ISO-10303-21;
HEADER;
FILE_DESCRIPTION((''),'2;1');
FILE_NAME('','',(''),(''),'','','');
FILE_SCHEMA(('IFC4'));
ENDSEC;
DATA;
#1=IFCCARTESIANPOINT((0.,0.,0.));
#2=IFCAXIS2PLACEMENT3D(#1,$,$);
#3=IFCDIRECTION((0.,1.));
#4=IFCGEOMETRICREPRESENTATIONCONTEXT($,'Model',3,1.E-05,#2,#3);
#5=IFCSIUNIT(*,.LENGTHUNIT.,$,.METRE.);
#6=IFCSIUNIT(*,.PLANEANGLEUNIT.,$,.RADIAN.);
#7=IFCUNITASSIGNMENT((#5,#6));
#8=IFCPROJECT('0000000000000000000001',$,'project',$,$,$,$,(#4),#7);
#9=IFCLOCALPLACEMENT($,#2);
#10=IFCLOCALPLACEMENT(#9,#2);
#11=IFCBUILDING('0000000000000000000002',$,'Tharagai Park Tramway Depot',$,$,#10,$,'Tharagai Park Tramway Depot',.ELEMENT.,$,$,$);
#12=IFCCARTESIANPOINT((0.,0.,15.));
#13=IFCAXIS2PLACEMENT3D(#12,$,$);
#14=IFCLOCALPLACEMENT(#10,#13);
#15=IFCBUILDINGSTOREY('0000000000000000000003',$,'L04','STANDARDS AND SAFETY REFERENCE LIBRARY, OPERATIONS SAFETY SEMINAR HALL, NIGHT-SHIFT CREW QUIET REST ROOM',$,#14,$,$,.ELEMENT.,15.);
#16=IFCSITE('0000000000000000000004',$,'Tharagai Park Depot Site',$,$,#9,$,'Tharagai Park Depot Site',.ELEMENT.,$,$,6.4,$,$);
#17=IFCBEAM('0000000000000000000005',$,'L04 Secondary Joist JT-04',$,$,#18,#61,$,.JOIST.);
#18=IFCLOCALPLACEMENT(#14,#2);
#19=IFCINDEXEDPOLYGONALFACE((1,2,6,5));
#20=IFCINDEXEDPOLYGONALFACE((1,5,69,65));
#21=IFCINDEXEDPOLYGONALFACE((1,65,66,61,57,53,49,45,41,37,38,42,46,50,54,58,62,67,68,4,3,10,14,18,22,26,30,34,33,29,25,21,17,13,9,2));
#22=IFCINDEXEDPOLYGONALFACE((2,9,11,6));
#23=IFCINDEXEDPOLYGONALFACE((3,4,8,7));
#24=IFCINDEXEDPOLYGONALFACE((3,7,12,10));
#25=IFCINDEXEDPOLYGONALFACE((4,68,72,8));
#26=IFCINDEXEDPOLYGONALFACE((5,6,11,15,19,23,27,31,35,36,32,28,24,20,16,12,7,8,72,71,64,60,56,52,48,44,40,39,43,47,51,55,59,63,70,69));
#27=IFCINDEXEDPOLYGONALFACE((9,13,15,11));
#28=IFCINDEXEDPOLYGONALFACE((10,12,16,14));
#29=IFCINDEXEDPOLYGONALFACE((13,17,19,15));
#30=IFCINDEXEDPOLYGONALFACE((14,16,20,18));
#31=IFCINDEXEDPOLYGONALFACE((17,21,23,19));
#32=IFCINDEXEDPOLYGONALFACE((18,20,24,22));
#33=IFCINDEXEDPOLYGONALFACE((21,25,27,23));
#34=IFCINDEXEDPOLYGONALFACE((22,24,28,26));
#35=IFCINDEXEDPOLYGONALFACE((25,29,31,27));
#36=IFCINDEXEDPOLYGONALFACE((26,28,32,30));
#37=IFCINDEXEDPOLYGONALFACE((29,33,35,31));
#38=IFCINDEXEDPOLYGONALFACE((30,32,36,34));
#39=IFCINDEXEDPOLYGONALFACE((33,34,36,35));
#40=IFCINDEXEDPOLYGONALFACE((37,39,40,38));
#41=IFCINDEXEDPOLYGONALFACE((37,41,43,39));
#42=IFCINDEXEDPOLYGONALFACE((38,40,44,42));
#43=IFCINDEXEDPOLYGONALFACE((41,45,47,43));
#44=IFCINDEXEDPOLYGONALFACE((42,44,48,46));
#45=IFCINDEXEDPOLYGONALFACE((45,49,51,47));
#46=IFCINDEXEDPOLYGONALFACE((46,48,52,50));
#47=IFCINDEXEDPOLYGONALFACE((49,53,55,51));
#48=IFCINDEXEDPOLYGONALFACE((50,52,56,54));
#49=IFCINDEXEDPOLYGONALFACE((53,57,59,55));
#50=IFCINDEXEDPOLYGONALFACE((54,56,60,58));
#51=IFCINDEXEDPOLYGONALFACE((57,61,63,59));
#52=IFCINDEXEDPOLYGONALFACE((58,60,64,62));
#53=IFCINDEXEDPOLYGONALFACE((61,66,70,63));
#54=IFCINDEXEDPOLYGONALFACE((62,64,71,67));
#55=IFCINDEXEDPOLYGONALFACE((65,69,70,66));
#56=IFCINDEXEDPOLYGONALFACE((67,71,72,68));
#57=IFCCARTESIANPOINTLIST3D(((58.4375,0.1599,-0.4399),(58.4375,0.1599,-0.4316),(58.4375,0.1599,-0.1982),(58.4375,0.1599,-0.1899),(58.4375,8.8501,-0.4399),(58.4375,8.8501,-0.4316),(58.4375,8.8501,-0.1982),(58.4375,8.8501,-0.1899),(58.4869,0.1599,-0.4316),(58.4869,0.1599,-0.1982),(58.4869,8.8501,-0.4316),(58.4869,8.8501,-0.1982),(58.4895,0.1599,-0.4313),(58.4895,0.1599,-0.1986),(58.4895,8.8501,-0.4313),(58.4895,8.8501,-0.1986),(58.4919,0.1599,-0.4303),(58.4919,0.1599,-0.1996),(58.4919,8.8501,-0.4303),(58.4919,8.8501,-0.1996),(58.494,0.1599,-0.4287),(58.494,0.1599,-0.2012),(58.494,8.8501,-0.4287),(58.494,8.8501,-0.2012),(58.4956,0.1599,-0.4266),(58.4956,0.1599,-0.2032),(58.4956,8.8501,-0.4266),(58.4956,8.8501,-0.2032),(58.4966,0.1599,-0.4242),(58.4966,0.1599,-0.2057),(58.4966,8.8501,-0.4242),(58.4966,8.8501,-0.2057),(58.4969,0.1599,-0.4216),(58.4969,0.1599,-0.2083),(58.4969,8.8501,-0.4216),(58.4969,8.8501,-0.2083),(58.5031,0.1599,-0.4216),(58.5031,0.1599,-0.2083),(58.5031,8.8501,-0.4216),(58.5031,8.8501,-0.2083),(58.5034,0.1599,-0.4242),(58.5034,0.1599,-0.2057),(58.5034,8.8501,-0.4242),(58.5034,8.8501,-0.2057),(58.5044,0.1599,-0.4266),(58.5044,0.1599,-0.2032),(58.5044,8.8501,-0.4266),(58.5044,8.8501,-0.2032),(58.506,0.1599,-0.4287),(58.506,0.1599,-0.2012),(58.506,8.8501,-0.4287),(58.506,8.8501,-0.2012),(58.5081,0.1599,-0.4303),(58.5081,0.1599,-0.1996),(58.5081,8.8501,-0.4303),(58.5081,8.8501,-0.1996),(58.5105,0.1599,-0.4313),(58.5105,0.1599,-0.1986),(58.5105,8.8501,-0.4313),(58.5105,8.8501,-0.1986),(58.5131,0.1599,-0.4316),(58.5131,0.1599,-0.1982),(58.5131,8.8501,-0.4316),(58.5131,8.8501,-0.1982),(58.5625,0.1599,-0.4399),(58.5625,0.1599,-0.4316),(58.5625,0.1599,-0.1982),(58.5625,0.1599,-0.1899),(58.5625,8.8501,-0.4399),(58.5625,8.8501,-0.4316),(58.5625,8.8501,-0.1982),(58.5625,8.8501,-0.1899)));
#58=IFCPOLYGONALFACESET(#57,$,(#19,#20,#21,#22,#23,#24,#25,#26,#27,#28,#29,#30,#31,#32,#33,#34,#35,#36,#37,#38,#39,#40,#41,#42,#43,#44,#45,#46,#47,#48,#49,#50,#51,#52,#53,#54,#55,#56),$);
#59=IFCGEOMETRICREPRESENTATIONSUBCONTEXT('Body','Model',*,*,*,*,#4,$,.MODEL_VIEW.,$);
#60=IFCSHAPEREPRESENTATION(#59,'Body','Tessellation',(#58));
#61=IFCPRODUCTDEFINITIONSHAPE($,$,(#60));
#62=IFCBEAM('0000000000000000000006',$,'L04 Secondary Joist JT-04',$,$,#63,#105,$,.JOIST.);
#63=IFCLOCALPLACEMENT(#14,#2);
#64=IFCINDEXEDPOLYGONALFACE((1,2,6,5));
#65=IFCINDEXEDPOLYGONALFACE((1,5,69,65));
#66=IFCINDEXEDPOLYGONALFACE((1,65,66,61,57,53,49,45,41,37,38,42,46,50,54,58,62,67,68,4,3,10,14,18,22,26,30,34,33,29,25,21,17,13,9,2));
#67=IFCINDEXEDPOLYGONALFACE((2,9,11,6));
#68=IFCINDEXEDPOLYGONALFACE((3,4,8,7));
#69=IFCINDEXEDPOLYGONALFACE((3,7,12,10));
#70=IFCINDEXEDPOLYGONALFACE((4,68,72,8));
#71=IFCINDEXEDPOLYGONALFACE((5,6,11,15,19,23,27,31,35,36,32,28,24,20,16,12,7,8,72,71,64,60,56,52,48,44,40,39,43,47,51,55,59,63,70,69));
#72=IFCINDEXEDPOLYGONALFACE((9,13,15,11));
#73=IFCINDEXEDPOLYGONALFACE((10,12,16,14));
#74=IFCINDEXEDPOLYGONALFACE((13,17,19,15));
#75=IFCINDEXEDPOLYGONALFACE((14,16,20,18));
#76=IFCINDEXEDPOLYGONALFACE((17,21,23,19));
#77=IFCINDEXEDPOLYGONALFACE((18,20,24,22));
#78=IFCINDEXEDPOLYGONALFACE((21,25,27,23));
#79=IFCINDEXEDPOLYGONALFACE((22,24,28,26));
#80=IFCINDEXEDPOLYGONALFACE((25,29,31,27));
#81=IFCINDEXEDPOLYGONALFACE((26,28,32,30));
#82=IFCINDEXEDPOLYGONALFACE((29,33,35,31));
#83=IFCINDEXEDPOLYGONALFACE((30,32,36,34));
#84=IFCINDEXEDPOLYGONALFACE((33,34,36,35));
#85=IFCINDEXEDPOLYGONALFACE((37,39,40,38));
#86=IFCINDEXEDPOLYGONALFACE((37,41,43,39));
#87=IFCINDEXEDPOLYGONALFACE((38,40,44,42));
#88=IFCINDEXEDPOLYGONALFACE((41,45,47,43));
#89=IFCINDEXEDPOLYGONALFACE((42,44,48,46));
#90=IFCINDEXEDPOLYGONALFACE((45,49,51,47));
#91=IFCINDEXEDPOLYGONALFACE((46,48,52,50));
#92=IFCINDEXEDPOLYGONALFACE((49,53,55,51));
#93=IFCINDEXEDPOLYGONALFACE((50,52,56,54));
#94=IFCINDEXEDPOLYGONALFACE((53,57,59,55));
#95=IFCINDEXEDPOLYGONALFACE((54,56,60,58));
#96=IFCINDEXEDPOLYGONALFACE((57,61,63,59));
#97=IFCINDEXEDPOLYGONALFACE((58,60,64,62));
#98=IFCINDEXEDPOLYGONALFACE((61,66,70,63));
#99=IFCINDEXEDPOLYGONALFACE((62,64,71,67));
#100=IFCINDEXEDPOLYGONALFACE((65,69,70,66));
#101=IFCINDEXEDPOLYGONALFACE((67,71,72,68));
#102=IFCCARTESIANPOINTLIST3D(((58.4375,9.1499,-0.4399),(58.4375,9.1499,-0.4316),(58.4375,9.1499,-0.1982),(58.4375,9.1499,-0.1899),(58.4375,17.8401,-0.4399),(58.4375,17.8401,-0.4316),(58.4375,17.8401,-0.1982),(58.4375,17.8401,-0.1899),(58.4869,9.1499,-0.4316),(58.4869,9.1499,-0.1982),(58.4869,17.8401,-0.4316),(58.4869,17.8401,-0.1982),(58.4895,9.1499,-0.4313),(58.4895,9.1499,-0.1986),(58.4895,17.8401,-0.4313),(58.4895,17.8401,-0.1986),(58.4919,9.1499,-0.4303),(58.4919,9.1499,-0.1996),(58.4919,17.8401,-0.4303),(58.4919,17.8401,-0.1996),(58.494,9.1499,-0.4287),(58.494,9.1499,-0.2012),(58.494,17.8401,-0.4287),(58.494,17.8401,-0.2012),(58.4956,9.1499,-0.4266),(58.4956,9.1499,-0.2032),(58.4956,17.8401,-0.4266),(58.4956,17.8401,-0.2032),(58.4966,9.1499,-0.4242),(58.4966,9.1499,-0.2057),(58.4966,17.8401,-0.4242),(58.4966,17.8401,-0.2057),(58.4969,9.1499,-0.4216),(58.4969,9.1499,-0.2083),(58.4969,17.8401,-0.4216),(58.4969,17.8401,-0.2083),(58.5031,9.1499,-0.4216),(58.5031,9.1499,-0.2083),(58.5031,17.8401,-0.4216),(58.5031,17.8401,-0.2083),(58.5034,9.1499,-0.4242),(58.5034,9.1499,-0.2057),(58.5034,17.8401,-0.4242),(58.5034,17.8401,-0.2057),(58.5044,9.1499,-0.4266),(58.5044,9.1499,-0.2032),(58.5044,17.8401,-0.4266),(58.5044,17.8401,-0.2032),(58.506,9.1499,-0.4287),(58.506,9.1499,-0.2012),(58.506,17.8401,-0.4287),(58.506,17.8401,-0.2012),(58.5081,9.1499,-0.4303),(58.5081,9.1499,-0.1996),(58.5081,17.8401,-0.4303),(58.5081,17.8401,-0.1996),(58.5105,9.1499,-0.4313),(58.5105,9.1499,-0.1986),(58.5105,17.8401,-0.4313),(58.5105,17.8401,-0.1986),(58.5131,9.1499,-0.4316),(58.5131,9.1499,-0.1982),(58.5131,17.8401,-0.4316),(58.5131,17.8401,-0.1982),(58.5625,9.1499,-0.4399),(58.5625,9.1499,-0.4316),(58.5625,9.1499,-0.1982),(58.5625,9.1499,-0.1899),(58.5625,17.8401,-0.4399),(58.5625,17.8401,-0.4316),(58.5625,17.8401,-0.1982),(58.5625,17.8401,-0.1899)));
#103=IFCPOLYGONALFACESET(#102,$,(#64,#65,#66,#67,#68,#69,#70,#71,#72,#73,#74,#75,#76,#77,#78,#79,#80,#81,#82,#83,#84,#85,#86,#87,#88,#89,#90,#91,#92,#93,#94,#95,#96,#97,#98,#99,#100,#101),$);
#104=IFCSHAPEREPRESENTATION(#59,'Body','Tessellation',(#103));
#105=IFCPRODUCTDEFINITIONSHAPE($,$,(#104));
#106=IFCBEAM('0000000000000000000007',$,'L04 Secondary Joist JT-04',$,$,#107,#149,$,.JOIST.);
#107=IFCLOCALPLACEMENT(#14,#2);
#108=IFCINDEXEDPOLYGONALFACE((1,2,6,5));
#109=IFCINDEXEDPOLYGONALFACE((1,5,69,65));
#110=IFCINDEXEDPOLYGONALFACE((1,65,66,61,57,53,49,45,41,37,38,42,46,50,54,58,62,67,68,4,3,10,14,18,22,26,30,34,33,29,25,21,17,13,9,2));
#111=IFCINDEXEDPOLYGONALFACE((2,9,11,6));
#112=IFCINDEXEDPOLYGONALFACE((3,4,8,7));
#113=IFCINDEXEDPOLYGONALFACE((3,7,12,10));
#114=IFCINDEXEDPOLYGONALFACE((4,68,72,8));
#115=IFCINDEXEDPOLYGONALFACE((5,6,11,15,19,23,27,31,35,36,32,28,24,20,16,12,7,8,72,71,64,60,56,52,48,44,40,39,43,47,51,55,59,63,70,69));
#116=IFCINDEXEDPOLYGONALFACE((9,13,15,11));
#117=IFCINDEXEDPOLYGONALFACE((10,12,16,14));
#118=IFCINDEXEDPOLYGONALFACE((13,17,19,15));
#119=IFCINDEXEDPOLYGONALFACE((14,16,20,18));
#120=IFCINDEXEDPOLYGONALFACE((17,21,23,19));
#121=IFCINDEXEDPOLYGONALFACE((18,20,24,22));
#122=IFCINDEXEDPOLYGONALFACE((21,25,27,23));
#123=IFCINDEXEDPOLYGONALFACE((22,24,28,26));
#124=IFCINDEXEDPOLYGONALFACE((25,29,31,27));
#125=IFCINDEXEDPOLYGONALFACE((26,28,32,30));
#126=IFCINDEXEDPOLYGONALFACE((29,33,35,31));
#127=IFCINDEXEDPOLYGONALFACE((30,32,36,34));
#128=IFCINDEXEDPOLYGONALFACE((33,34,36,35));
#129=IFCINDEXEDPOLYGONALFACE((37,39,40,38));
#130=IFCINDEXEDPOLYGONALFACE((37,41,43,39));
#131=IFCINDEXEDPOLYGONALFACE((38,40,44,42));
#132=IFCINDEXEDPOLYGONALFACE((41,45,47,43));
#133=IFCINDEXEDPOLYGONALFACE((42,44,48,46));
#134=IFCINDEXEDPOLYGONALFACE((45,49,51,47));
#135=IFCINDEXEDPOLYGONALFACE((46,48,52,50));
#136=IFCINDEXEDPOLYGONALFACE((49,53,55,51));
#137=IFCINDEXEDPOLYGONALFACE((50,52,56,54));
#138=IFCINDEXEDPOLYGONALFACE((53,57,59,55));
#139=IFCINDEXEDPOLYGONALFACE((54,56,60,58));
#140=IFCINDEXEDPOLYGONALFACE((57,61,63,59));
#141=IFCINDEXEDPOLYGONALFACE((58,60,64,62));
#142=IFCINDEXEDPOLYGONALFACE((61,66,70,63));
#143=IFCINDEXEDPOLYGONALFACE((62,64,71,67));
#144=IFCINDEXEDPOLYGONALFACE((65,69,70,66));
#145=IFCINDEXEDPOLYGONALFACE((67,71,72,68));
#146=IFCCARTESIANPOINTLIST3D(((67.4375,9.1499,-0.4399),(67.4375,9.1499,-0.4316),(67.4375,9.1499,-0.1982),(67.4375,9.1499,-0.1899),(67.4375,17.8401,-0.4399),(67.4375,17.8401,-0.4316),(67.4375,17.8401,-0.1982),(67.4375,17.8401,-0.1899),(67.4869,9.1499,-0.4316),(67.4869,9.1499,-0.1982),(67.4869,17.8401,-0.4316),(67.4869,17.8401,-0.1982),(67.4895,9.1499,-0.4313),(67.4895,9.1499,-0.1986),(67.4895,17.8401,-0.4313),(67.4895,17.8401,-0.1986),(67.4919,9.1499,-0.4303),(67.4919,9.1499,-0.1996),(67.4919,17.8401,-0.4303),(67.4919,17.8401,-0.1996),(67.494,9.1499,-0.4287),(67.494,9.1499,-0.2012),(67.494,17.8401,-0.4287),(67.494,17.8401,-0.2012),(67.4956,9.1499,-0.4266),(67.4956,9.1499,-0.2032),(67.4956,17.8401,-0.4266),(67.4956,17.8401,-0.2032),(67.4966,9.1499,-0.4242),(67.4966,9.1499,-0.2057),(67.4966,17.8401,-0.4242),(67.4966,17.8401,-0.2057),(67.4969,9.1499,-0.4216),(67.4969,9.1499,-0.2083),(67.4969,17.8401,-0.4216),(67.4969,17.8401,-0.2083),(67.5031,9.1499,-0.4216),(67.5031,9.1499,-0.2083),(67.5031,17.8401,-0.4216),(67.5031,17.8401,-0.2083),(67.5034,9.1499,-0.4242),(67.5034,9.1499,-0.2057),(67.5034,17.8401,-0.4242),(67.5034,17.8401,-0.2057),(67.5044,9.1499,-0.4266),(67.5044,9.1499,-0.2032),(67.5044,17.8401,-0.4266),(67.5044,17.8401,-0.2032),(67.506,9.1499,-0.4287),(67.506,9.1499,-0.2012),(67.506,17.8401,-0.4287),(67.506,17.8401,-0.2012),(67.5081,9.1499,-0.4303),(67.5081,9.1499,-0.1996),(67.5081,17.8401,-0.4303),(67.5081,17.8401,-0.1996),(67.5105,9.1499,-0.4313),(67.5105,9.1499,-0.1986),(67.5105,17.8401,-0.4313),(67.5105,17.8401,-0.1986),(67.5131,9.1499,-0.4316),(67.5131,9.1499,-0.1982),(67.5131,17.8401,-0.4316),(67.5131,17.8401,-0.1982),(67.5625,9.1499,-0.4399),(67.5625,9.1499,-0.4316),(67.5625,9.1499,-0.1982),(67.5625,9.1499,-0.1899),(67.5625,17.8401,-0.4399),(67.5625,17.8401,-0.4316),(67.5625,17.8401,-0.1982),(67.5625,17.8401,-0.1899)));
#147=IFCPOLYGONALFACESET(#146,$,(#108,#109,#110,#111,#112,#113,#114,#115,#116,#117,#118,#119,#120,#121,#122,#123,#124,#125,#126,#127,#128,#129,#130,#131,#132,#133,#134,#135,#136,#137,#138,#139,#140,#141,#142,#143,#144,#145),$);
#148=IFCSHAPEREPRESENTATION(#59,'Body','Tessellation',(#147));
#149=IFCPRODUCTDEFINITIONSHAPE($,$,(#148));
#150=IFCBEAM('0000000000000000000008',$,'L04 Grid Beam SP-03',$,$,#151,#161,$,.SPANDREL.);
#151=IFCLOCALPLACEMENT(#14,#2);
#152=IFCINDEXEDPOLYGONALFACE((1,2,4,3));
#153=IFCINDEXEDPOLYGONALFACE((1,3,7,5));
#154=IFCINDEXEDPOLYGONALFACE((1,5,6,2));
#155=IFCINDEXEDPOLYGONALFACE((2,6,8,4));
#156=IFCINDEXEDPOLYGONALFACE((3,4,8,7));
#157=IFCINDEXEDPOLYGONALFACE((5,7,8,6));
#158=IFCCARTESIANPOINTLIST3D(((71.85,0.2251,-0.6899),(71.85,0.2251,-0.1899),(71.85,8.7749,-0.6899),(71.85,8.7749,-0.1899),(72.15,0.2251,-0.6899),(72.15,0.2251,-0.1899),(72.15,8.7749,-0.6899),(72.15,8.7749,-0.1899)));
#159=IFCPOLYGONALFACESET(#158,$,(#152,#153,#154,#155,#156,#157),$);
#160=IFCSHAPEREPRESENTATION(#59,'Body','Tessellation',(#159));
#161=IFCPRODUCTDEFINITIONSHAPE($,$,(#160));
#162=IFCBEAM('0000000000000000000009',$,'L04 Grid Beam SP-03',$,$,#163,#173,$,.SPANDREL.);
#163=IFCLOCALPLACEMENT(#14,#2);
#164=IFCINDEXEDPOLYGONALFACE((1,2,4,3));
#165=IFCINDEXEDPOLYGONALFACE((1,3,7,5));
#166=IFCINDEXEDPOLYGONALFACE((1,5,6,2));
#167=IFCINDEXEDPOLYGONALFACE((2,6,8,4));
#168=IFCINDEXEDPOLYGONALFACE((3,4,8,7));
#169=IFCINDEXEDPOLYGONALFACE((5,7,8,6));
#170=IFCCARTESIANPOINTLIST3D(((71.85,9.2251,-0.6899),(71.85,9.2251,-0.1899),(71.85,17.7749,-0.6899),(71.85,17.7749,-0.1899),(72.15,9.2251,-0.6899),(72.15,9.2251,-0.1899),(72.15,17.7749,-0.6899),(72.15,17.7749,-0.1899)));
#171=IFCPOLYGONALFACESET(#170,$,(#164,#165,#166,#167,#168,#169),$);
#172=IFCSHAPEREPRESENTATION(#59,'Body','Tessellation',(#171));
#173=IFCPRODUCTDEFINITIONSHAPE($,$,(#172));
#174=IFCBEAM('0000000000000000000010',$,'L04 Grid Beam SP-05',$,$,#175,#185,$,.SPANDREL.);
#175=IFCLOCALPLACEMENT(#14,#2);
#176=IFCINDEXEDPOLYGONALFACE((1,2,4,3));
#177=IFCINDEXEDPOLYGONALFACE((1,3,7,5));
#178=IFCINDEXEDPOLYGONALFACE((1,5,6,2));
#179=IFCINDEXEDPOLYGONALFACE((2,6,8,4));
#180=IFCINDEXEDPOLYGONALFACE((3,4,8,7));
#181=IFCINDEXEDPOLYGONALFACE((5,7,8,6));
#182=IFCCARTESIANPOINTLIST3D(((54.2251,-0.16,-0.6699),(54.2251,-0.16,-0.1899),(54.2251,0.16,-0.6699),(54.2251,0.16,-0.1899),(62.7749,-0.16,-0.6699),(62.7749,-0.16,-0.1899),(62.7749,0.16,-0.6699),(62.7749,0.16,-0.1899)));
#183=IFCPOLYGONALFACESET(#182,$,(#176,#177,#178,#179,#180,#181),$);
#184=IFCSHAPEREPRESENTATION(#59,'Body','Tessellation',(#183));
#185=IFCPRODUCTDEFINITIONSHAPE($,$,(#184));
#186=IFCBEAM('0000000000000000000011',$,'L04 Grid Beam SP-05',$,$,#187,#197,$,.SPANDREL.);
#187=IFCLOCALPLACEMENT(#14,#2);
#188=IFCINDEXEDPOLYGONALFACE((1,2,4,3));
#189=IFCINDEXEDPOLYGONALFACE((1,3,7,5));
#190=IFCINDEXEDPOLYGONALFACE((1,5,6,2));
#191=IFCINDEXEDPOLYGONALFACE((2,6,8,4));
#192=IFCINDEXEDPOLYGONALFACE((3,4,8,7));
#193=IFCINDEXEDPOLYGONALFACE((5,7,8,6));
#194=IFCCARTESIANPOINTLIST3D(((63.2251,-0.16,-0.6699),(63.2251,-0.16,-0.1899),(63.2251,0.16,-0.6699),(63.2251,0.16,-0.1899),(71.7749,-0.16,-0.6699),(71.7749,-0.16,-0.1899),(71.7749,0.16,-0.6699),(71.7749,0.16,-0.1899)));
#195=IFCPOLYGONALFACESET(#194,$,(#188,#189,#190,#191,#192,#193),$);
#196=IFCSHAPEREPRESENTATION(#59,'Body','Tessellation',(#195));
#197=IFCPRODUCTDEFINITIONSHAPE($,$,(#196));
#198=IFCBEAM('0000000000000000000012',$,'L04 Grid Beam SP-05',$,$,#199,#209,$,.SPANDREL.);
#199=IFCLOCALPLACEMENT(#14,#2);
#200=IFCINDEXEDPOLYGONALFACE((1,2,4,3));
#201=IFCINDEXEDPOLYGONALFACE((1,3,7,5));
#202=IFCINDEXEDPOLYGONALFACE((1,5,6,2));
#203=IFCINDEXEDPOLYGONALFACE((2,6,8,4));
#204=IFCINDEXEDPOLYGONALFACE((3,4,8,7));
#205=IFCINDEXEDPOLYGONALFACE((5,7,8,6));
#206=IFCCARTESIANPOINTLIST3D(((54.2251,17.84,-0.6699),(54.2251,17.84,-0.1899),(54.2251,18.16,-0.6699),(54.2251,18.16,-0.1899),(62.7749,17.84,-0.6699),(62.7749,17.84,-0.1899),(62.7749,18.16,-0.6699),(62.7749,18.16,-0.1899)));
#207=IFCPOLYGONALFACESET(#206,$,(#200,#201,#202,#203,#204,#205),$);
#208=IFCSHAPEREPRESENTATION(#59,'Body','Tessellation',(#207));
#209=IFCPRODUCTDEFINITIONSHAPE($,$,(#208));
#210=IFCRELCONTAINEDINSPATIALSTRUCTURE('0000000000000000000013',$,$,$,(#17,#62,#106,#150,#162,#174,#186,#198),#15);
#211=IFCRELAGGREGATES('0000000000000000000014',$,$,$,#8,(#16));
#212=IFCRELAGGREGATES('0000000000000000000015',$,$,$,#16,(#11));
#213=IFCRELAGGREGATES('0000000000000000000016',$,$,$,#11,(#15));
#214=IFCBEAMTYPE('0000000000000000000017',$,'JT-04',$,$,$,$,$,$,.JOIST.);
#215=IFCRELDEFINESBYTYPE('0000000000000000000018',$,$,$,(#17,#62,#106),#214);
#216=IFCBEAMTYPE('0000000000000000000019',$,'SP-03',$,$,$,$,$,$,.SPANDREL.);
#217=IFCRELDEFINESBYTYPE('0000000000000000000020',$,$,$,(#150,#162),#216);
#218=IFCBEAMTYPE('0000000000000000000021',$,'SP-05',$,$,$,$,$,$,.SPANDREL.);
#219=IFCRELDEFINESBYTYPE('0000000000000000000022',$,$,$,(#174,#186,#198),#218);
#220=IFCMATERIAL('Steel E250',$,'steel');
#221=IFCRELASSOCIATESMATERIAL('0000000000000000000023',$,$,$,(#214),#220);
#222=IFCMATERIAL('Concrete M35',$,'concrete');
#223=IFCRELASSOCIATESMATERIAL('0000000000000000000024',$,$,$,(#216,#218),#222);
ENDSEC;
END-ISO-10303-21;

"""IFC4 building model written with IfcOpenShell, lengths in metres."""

from ifc_helpers import new_model, si_unit, direction, frame, origin, origin_2d, place, context, subcontext, project, spatial, rectangle, i_section, extrude, material, material_profile, profile_set, type_object, element, save


model = new_model("IFC4")

# Units and contexts
model_context = context("Model", 3, precision=1e-05, world=origin(), true_north=direction((0.0, 1.0)))
body_context = subcontext(model_context, "Body", "Model", "MODEL_VIEW")
ifc_project = project(units=[si_unit("LENGTHUNIT", "METRE"), si_unit("PLANEANGLEUNIT", "RADIAN")], contexts=[model_context])

# Site, building, storey
site_placement = place(None, origin())
site = spatial("IfcSite", under=ifc_project, at=site_placement, Name="Tharagai Park Depot Site", LongName="Tharagai Park Depot Site", CompositionType="ELEMENT", RefElevation=6.4)
building_placement = place(site_placement, origin())
building = spatial("IfcBuilding", under=site, at=building_placement, Name="Tharagai Park Tramway Depot", LongName="Tharagai Park Tramway Depot", CompositionType="ELEMENT")
storey_placement = place(building_placement, frame((0.0, 0.0, 15.0)))
storey = spatial("IfcBuildingStorey", under=building, at=storey_placement, Name="L04", Description="STANDARDS AND SAFETY REFERENCE LIBRARY, OPERATIONS SAFETY SEMINAR HALL, NIGHT-SHIFT CREW QUIET REST ROOM", CompositionType="ELEMENT", Elevation=15.0)

# Beams
ifc_material_1 = material(Name="Concrete M35", Category="concrete")
ifc_material_2 = material(Name="Steel E250", Category="steel")
ifc_material_profile_1 = material_profile(ifc_material_2, i_section(OverallWidth=0.125, OverallDepth=0.25, WebThickness=0.0061, FlangeThickness=0.0083, FilletRadius=0.01, at=origin_2d()), Name="ISLB 250")
ifc_profile_set_1 = profile_set([ifc_material_profile_1], Name="Steel E250")
beam_type_1 = type_object("IfcBeamType", Name="JT-04", PredefinedType="JOIST", material=ifc_profile_set_1)
for number, where, z_axis, x_axis, name in (
    (1, (58.5, 0.1599, -0.3149), (0.0, 1.0, 0.0), (-1.0, 0.0, 0.0), "L04 Secondary Joist JT-04"),
    (2, (58.5, 9.1499, -0.3149), (0.0, 1.0, 0.0), (-1.0, 0.0, 0.0), "L04 Secondary Joist JT-04"),
    (3, (67.5, 9.1499, -0.3149), (0.0, 1.0, 0.0), (-1.0, 0.0, 0.0), "L04 Secondary Joist JT-04"),
):
    element("IfcBeam", number, at=place(storey_placement, frame(where, z_axis=z_axis, x_axis=x_axis)), inside=storey, type_object=beam_type_1, Name=name, PredefinedType="JOIST", context=body_context, shape_type="SweptSolid", body=[
        extrude(i_section(OverallWidth=0.125, OverallDepth=0.25, WebThickness=0.0061, FlangeThickness=0.0083, FilletRadius=0.01, at=origin_2d()), origin(), (0.0, 0.0, 1.0), 8.6902),
    ])
ifc_material_profile_2 = material_profile(ifc_material_1, rectangle(XDim=0.3, YDim=0.5, at=origin_2d()), Name="RC 300x500")
ifc_profile_set_2 = profile_set([ifc_material_profile_2], Name="Concrete M35")
beam_type_2 = type_object("IfcBeamType", Name="SP-03", PredefinedType="SPANDREL", material=ifc_profile_set_2)
for number, where, z_axis, x_axis, name in (
    (4, (72.0, 0.2251, -0.4399), (0.0, 1.0, 0.0), (-1.0, 0.0, 0.0), "L04 Grid Beam SP-03"),
    (5, (72.0, 9.2251, -0.4399), (0.0, 1.0, 0.0), (-1.0, 0.0, 0.0), "L04 Grid Beam SP-03"),
):
    element("IfcBeam", number, at=place(storey_placement, frame(where, z_axis=z_axis, x_axis=x_axis)), inside=storey, type_object=beam_type_2, Name=name, PredefinedType="SPANDREL", context=body_context, shape_type="SweptSolid", body=[
        extrude(rectangle(XDim=0.3, YDim=0.5, at=origin_2d()), origin(), (0.0, 0.0, 1.0), 8.5498),
    ])
ifc_material_profile_3 = material_profile(ifc_material_1, rectangle(XDim=0.3201, YDim=0.48, at=origin_2d()), Name="RC 320x480")
ifc_profile_set_3 = profile_set([ifc_material_profile_3], Name="Concrete M35")
beam_type_3 = type_object("IfcBeamType", Name="SP-05", PredefinedType="SPANDREL", material=ifc_profile_set_3)
for number, where, z_axis, x_axis, name in (
    (6, (54.2251, 0.0, -0.4299), (1.0, 0.0, 0.0), (0.0, 1.0, 0.0), "L04 Grid Beam SP-05"),
    (7, (63.2251, 0.0, -0.4299), (1.0, 0.0, 0.0), (0.0, 1.0, 0.0), "L04 Grid Beam SP-05"),
    (8, (54.2251, 18.0, -0.4299), (1.0, 0.0, 0.0), (0.0, 1.0, 0.0), "L04 Grid Beam SP-05"),
):
    element("IfcBeam", number, at=place(storey_placement, frame(where, z_axis=z_axis, x_axis=x_axis)), inside=storey, type_object=beam_type_3, Name=name, PredefinedType="SPANDREL", context=body_context, shape_type="SweptSolid", body=[
        extrude(rectangle(XDim=0.3201, YDim=0.48, at=origin_2d()), origin(), (0.0, 0.0, 1.0), 8.5498),
    ])

save(model, "model.ifc")
